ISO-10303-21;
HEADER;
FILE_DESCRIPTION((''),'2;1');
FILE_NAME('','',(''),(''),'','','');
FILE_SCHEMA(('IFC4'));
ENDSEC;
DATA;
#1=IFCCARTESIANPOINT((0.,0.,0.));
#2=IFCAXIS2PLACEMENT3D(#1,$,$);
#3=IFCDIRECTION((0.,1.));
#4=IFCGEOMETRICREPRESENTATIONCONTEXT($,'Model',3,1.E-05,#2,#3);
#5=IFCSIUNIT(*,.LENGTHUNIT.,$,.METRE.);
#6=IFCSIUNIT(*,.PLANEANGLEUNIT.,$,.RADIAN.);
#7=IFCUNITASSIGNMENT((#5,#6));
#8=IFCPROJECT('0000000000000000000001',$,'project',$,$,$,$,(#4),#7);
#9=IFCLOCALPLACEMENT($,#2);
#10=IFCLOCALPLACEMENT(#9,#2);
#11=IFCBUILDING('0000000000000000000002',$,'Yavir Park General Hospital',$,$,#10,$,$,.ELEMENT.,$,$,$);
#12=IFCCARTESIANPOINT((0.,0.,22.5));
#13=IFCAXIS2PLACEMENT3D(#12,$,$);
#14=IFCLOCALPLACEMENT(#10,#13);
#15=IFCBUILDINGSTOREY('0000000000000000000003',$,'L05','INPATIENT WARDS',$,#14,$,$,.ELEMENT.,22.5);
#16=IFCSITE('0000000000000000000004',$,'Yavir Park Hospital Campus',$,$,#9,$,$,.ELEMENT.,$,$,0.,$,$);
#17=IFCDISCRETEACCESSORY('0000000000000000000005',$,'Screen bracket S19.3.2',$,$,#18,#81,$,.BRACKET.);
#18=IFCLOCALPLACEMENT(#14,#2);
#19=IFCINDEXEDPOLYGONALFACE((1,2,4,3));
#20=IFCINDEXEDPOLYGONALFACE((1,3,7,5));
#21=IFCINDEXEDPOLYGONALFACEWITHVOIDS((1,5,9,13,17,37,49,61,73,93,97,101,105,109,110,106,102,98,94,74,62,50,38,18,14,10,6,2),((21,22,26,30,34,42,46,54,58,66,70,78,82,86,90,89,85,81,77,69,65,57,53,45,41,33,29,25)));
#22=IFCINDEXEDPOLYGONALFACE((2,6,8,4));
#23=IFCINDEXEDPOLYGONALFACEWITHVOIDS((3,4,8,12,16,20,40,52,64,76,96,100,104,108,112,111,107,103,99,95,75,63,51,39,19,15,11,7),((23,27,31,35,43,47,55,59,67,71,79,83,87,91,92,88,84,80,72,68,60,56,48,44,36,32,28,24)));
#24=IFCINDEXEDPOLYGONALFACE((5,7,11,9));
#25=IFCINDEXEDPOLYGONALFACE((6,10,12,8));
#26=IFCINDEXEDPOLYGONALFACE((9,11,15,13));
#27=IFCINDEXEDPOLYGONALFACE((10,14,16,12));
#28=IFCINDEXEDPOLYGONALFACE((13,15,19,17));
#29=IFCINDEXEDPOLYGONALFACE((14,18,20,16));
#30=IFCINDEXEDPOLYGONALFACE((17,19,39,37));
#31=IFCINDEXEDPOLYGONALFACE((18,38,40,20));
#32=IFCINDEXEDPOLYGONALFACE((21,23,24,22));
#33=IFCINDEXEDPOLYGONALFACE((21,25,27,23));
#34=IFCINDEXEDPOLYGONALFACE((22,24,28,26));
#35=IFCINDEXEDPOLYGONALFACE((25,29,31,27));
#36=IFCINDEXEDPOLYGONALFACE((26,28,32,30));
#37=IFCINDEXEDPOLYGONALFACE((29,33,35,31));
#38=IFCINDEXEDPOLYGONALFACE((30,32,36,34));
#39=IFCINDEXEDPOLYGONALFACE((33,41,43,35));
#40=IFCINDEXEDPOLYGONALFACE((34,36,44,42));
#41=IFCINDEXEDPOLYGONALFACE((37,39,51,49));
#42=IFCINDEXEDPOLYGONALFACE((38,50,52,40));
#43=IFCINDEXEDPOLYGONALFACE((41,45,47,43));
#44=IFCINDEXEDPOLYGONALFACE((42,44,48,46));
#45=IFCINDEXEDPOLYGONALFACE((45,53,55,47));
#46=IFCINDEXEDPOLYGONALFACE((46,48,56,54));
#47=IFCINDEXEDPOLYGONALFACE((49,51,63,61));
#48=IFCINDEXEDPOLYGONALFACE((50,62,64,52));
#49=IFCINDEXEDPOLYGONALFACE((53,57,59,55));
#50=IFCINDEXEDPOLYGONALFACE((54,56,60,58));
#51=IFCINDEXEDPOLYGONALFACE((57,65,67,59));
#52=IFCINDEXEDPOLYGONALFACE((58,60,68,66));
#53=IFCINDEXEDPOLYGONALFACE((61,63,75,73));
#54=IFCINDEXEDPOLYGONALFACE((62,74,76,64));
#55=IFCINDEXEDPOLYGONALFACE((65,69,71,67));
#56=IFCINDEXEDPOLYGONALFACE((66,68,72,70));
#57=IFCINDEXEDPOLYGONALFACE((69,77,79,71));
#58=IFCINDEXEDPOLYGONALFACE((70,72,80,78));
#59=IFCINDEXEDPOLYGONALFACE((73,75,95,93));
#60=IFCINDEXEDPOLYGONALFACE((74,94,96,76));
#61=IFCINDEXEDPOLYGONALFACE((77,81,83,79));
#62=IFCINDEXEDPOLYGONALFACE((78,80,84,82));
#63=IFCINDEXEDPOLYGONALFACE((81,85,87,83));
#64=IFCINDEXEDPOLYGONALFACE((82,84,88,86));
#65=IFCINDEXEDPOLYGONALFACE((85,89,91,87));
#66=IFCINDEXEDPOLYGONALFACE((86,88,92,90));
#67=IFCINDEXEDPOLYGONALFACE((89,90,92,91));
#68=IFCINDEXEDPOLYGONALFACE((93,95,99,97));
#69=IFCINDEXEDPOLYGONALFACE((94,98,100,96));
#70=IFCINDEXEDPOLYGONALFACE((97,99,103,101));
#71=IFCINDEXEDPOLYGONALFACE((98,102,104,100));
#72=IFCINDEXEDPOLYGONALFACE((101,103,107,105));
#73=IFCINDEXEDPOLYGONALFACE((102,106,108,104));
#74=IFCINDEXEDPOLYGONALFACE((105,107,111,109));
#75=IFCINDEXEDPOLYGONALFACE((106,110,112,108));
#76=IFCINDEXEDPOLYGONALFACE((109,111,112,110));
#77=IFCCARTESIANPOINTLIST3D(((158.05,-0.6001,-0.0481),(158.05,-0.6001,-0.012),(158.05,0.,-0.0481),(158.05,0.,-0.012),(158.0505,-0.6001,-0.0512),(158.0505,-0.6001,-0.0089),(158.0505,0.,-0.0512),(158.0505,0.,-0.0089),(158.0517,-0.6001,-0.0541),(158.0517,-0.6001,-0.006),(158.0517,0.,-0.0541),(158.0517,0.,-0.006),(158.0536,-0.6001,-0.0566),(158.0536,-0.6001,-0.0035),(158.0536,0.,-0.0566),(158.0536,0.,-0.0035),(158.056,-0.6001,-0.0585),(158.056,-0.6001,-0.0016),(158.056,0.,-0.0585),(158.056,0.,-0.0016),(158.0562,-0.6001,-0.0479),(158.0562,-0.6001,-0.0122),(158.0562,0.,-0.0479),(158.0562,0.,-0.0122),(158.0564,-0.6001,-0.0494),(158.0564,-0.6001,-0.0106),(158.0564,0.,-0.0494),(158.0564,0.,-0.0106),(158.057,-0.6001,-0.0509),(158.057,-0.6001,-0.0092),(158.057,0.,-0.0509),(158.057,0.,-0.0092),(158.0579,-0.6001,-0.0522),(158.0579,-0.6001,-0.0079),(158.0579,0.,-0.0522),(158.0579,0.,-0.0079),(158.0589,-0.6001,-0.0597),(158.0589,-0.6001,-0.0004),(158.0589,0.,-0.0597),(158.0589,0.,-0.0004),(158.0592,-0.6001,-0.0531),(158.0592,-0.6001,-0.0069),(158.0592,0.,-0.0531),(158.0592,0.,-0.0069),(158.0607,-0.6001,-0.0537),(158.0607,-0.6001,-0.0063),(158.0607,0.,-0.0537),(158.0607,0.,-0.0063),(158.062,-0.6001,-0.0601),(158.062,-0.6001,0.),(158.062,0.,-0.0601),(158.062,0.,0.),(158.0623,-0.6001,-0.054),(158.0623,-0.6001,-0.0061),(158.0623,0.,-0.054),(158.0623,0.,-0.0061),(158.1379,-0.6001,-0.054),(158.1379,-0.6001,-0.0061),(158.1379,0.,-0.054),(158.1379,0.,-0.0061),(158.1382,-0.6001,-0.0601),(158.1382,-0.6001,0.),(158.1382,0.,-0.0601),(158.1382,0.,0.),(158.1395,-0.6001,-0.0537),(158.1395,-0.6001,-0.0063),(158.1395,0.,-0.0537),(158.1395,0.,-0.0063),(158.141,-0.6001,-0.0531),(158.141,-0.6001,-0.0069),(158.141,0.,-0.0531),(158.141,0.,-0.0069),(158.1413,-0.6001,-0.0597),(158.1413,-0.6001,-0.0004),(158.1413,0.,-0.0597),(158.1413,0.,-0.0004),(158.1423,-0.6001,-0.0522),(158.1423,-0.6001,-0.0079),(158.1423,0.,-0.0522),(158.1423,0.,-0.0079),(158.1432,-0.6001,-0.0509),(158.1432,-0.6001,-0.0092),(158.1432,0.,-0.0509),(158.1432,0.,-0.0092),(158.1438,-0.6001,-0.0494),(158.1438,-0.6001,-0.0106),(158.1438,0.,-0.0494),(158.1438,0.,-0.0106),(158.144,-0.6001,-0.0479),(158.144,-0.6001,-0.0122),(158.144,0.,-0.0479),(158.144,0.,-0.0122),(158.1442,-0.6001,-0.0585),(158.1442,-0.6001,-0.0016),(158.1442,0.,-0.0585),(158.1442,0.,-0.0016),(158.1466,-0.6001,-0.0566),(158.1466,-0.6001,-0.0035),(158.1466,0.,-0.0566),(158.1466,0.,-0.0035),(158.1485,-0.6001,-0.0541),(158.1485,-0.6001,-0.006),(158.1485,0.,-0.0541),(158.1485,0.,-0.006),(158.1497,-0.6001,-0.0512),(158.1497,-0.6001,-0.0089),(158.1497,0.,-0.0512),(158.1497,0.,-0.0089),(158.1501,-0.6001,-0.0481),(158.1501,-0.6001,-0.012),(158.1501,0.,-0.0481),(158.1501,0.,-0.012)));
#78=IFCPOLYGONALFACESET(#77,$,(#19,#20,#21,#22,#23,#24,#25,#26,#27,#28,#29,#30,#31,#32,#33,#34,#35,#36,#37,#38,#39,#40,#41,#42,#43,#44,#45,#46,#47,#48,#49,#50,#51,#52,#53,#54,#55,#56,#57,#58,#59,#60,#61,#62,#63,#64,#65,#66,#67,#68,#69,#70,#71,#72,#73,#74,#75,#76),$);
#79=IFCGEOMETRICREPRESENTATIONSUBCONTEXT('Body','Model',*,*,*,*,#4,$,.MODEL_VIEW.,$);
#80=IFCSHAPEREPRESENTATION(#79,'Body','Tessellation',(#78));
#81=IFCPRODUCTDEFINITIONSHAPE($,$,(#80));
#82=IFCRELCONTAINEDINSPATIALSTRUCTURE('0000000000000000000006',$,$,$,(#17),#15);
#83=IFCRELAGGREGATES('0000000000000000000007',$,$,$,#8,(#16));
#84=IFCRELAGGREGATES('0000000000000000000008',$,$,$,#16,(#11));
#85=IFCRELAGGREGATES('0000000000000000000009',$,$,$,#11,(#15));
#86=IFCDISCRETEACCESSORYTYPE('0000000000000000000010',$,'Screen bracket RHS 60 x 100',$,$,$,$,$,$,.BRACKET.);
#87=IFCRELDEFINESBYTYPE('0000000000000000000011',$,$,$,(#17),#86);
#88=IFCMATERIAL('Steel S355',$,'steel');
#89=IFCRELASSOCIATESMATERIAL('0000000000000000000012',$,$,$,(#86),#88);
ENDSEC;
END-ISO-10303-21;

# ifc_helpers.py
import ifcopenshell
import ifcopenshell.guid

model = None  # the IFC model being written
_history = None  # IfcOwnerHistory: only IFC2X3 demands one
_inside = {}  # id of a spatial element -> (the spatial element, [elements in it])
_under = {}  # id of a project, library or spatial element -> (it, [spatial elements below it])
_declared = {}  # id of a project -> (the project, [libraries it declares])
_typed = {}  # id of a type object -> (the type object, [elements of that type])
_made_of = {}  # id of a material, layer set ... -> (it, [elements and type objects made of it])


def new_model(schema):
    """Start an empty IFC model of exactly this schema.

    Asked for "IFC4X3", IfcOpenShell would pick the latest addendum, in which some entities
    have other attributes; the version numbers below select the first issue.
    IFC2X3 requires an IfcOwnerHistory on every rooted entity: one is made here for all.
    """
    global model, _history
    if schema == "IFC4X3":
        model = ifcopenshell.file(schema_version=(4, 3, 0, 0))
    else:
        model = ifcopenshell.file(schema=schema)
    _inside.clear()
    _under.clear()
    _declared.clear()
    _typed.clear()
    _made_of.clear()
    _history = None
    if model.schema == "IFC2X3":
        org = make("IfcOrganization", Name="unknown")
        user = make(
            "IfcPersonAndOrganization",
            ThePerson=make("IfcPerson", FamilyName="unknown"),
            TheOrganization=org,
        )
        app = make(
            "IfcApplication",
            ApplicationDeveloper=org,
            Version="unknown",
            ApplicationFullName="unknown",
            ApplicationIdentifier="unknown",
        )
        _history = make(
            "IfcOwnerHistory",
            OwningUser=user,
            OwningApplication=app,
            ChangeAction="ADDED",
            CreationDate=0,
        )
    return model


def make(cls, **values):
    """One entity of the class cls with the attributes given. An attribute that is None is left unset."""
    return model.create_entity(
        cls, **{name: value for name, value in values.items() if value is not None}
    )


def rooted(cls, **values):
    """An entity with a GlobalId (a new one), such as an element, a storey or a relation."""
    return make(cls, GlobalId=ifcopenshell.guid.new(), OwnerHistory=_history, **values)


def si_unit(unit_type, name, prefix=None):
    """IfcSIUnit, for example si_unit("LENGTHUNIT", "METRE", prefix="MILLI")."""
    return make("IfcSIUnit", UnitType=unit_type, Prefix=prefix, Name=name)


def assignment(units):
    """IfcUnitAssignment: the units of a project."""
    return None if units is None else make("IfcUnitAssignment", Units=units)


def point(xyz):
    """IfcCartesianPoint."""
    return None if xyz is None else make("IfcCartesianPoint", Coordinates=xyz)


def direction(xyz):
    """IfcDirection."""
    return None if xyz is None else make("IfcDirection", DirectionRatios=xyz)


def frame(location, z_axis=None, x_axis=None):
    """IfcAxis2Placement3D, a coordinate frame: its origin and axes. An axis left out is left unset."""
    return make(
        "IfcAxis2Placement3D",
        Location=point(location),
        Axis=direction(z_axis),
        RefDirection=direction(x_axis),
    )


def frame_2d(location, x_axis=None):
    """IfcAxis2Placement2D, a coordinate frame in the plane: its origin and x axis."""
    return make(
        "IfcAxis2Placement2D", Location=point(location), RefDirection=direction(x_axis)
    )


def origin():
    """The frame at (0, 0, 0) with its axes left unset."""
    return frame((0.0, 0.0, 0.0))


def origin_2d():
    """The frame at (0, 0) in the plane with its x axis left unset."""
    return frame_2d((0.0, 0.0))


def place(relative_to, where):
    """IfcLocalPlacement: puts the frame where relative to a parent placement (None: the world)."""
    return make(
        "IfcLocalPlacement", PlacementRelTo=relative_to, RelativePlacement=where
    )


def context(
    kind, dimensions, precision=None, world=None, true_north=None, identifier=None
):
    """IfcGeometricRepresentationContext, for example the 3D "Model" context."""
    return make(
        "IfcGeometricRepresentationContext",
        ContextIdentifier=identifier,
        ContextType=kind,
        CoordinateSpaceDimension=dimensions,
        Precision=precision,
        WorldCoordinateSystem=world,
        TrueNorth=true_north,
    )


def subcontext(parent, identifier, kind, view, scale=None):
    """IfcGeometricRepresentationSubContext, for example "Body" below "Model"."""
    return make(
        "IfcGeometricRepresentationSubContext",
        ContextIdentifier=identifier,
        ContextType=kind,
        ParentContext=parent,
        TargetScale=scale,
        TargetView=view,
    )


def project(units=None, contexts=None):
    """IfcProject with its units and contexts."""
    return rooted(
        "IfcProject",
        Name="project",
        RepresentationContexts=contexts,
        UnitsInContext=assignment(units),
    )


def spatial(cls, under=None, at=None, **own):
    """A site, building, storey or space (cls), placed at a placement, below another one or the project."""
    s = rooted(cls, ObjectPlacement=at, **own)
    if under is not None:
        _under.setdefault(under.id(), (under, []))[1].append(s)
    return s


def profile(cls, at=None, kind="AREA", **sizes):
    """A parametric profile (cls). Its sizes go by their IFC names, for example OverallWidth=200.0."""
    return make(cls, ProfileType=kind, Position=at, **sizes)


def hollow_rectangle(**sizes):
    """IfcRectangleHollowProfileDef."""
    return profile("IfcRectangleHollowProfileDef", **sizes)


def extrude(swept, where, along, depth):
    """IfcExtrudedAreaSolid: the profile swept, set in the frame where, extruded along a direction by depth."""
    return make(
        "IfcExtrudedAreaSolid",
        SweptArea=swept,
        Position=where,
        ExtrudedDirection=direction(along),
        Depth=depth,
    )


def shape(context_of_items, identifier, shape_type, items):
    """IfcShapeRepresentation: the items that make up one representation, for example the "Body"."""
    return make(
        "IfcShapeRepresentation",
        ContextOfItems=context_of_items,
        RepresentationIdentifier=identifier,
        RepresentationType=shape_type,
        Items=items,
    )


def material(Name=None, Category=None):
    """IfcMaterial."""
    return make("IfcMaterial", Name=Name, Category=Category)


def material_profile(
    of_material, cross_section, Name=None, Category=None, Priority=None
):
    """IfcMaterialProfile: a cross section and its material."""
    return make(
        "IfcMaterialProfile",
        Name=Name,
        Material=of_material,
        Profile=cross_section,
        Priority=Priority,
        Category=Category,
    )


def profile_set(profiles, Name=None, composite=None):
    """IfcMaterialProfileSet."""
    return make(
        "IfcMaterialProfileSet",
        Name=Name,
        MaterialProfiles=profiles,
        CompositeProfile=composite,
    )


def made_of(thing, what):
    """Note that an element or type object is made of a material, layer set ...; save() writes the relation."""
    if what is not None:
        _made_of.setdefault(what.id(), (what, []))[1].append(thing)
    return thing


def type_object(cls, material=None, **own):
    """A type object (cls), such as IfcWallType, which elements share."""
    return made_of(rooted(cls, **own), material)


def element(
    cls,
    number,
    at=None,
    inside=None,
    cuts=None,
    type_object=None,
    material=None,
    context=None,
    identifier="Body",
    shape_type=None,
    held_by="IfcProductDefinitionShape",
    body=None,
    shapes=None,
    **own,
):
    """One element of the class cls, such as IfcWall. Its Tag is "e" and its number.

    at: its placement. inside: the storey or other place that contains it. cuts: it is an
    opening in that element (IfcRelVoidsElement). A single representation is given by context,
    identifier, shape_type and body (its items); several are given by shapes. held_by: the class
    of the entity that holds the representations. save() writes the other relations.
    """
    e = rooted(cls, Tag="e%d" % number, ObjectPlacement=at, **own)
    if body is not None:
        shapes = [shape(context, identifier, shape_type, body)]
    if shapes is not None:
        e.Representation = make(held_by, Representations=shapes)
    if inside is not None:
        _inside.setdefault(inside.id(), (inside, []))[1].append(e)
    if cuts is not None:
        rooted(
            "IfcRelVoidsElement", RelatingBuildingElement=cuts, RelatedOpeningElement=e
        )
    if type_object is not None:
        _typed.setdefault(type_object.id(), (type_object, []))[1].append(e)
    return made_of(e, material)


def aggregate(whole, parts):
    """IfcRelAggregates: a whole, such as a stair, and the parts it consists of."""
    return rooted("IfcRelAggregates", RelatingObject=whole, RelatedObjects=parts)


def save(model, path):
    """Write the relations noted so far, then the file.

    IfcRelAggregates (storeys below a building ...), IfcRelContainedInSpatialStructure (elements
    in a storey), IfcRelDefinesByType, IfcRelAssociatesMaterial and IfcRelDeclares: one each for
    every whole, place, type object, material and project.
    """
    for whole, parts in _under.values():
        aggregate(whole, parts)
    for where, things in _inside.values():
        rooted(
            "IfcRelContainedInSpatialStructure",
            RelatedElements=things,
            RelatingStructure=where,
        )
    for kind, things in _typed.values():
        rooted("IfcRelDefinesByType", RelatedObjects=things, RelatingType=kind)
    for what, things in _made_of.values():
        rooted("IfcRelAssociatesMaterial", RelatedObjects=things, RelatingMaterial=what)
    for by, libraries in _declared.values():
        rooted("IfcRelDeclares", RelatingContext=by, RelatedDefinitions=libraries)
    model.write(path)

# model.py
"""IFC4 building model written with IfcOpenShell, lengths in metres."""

from ifc_helpers import new_model, si_unit, direction, frame, origin, origin_2d, place, context, subcontext, project, spatial, hollow_rectangle, extrude, material, material_profile, profile_set, type_object, element, save


model = new_model("IFC4")

# Units and contexts
model_context = context("Model", 3, precision=1e-05, world=origin(), true_north=direction((0.0, 1.0)))
body_context = subcontext(model_context, "Body", "Model", "MODEL_VIEW")
ifc_project = project(units=[si_unit("LENGTHUNIT", "METRE"), si_unit("PLANEANGLEUNIT", "RADIAN")], contexts=[model_context])

# Site, building, storey
site_placement = place(None, origin())
site = spatial("IfcSite", under=ifc_project, at=site_placement, Name="Yavir Park Hospital Campus", CompositionType="ELEMENT", RefElevation=0.0)
building_placement = place(site_placement, origin())
building = spatial("IfcBuilding", under=site, at=building_placement, Name="Yavir Park General Hospital", CompositionType="ELEMENT")
storey_placement = place(building_placement, frame((0.0, 0.0, 22.5)))
storey = spatial("IfcBuildingStorey", under=building, at=storey_placement, Name="L05", Description="INPATIENT WARDS", CompositionType="ELEMENT", Elevation=22.5)

# Discrete accessory
ifc_material_1 = material(Name="Steel S355", Category="steel")
ifc_material_profile_1 = material_profile(ifc_material_1, hollow_rectangle(XDim=0.1001, YDim=0.0601, WallThickness=0.0061, InnerFilletRadius=0.0061, OuterFilletRadius=0.012, at=origin_2d()), Name="RHS60x100x6")
ifc_profile_set_1 = profile_set([ifc_material_profile_1], Name="Steel S355")
discrete_accessory_type = type_object("IfcDiscreteAccessoryType", Name="Screen bracket RHS 60 x 100", PredefinedType="BRACKET", material=ifc_profile_set_1)
discrete_accessory_placement = place(storey_placement, frame((158.1001, 0.0, -0.03), z_axis=(0.0, -1.0, 0.0), x_axis=(1.0, 0.0, 0.0)))
element("IfcDiscreteAccessory", 1, at=discrete_accessory_placement, inside=storey, type_object=discrete_accessory_type, Name="Screen bracket S19.3.2", PredefinedType="BRACKET", context=body_context, shape_type="SweptSolid", body=[
    extrude(hollow_rectangle(XDim=0.1001, YDim=0.0601, WallThickness=0.0061, InnerFilletRadius=0.0061, OuterFilletRadius=0.012, at=origin_2d()), origin(), (0.0, 0.0, 1.0), 0.6001),
])

save(model, "model.ifc")
